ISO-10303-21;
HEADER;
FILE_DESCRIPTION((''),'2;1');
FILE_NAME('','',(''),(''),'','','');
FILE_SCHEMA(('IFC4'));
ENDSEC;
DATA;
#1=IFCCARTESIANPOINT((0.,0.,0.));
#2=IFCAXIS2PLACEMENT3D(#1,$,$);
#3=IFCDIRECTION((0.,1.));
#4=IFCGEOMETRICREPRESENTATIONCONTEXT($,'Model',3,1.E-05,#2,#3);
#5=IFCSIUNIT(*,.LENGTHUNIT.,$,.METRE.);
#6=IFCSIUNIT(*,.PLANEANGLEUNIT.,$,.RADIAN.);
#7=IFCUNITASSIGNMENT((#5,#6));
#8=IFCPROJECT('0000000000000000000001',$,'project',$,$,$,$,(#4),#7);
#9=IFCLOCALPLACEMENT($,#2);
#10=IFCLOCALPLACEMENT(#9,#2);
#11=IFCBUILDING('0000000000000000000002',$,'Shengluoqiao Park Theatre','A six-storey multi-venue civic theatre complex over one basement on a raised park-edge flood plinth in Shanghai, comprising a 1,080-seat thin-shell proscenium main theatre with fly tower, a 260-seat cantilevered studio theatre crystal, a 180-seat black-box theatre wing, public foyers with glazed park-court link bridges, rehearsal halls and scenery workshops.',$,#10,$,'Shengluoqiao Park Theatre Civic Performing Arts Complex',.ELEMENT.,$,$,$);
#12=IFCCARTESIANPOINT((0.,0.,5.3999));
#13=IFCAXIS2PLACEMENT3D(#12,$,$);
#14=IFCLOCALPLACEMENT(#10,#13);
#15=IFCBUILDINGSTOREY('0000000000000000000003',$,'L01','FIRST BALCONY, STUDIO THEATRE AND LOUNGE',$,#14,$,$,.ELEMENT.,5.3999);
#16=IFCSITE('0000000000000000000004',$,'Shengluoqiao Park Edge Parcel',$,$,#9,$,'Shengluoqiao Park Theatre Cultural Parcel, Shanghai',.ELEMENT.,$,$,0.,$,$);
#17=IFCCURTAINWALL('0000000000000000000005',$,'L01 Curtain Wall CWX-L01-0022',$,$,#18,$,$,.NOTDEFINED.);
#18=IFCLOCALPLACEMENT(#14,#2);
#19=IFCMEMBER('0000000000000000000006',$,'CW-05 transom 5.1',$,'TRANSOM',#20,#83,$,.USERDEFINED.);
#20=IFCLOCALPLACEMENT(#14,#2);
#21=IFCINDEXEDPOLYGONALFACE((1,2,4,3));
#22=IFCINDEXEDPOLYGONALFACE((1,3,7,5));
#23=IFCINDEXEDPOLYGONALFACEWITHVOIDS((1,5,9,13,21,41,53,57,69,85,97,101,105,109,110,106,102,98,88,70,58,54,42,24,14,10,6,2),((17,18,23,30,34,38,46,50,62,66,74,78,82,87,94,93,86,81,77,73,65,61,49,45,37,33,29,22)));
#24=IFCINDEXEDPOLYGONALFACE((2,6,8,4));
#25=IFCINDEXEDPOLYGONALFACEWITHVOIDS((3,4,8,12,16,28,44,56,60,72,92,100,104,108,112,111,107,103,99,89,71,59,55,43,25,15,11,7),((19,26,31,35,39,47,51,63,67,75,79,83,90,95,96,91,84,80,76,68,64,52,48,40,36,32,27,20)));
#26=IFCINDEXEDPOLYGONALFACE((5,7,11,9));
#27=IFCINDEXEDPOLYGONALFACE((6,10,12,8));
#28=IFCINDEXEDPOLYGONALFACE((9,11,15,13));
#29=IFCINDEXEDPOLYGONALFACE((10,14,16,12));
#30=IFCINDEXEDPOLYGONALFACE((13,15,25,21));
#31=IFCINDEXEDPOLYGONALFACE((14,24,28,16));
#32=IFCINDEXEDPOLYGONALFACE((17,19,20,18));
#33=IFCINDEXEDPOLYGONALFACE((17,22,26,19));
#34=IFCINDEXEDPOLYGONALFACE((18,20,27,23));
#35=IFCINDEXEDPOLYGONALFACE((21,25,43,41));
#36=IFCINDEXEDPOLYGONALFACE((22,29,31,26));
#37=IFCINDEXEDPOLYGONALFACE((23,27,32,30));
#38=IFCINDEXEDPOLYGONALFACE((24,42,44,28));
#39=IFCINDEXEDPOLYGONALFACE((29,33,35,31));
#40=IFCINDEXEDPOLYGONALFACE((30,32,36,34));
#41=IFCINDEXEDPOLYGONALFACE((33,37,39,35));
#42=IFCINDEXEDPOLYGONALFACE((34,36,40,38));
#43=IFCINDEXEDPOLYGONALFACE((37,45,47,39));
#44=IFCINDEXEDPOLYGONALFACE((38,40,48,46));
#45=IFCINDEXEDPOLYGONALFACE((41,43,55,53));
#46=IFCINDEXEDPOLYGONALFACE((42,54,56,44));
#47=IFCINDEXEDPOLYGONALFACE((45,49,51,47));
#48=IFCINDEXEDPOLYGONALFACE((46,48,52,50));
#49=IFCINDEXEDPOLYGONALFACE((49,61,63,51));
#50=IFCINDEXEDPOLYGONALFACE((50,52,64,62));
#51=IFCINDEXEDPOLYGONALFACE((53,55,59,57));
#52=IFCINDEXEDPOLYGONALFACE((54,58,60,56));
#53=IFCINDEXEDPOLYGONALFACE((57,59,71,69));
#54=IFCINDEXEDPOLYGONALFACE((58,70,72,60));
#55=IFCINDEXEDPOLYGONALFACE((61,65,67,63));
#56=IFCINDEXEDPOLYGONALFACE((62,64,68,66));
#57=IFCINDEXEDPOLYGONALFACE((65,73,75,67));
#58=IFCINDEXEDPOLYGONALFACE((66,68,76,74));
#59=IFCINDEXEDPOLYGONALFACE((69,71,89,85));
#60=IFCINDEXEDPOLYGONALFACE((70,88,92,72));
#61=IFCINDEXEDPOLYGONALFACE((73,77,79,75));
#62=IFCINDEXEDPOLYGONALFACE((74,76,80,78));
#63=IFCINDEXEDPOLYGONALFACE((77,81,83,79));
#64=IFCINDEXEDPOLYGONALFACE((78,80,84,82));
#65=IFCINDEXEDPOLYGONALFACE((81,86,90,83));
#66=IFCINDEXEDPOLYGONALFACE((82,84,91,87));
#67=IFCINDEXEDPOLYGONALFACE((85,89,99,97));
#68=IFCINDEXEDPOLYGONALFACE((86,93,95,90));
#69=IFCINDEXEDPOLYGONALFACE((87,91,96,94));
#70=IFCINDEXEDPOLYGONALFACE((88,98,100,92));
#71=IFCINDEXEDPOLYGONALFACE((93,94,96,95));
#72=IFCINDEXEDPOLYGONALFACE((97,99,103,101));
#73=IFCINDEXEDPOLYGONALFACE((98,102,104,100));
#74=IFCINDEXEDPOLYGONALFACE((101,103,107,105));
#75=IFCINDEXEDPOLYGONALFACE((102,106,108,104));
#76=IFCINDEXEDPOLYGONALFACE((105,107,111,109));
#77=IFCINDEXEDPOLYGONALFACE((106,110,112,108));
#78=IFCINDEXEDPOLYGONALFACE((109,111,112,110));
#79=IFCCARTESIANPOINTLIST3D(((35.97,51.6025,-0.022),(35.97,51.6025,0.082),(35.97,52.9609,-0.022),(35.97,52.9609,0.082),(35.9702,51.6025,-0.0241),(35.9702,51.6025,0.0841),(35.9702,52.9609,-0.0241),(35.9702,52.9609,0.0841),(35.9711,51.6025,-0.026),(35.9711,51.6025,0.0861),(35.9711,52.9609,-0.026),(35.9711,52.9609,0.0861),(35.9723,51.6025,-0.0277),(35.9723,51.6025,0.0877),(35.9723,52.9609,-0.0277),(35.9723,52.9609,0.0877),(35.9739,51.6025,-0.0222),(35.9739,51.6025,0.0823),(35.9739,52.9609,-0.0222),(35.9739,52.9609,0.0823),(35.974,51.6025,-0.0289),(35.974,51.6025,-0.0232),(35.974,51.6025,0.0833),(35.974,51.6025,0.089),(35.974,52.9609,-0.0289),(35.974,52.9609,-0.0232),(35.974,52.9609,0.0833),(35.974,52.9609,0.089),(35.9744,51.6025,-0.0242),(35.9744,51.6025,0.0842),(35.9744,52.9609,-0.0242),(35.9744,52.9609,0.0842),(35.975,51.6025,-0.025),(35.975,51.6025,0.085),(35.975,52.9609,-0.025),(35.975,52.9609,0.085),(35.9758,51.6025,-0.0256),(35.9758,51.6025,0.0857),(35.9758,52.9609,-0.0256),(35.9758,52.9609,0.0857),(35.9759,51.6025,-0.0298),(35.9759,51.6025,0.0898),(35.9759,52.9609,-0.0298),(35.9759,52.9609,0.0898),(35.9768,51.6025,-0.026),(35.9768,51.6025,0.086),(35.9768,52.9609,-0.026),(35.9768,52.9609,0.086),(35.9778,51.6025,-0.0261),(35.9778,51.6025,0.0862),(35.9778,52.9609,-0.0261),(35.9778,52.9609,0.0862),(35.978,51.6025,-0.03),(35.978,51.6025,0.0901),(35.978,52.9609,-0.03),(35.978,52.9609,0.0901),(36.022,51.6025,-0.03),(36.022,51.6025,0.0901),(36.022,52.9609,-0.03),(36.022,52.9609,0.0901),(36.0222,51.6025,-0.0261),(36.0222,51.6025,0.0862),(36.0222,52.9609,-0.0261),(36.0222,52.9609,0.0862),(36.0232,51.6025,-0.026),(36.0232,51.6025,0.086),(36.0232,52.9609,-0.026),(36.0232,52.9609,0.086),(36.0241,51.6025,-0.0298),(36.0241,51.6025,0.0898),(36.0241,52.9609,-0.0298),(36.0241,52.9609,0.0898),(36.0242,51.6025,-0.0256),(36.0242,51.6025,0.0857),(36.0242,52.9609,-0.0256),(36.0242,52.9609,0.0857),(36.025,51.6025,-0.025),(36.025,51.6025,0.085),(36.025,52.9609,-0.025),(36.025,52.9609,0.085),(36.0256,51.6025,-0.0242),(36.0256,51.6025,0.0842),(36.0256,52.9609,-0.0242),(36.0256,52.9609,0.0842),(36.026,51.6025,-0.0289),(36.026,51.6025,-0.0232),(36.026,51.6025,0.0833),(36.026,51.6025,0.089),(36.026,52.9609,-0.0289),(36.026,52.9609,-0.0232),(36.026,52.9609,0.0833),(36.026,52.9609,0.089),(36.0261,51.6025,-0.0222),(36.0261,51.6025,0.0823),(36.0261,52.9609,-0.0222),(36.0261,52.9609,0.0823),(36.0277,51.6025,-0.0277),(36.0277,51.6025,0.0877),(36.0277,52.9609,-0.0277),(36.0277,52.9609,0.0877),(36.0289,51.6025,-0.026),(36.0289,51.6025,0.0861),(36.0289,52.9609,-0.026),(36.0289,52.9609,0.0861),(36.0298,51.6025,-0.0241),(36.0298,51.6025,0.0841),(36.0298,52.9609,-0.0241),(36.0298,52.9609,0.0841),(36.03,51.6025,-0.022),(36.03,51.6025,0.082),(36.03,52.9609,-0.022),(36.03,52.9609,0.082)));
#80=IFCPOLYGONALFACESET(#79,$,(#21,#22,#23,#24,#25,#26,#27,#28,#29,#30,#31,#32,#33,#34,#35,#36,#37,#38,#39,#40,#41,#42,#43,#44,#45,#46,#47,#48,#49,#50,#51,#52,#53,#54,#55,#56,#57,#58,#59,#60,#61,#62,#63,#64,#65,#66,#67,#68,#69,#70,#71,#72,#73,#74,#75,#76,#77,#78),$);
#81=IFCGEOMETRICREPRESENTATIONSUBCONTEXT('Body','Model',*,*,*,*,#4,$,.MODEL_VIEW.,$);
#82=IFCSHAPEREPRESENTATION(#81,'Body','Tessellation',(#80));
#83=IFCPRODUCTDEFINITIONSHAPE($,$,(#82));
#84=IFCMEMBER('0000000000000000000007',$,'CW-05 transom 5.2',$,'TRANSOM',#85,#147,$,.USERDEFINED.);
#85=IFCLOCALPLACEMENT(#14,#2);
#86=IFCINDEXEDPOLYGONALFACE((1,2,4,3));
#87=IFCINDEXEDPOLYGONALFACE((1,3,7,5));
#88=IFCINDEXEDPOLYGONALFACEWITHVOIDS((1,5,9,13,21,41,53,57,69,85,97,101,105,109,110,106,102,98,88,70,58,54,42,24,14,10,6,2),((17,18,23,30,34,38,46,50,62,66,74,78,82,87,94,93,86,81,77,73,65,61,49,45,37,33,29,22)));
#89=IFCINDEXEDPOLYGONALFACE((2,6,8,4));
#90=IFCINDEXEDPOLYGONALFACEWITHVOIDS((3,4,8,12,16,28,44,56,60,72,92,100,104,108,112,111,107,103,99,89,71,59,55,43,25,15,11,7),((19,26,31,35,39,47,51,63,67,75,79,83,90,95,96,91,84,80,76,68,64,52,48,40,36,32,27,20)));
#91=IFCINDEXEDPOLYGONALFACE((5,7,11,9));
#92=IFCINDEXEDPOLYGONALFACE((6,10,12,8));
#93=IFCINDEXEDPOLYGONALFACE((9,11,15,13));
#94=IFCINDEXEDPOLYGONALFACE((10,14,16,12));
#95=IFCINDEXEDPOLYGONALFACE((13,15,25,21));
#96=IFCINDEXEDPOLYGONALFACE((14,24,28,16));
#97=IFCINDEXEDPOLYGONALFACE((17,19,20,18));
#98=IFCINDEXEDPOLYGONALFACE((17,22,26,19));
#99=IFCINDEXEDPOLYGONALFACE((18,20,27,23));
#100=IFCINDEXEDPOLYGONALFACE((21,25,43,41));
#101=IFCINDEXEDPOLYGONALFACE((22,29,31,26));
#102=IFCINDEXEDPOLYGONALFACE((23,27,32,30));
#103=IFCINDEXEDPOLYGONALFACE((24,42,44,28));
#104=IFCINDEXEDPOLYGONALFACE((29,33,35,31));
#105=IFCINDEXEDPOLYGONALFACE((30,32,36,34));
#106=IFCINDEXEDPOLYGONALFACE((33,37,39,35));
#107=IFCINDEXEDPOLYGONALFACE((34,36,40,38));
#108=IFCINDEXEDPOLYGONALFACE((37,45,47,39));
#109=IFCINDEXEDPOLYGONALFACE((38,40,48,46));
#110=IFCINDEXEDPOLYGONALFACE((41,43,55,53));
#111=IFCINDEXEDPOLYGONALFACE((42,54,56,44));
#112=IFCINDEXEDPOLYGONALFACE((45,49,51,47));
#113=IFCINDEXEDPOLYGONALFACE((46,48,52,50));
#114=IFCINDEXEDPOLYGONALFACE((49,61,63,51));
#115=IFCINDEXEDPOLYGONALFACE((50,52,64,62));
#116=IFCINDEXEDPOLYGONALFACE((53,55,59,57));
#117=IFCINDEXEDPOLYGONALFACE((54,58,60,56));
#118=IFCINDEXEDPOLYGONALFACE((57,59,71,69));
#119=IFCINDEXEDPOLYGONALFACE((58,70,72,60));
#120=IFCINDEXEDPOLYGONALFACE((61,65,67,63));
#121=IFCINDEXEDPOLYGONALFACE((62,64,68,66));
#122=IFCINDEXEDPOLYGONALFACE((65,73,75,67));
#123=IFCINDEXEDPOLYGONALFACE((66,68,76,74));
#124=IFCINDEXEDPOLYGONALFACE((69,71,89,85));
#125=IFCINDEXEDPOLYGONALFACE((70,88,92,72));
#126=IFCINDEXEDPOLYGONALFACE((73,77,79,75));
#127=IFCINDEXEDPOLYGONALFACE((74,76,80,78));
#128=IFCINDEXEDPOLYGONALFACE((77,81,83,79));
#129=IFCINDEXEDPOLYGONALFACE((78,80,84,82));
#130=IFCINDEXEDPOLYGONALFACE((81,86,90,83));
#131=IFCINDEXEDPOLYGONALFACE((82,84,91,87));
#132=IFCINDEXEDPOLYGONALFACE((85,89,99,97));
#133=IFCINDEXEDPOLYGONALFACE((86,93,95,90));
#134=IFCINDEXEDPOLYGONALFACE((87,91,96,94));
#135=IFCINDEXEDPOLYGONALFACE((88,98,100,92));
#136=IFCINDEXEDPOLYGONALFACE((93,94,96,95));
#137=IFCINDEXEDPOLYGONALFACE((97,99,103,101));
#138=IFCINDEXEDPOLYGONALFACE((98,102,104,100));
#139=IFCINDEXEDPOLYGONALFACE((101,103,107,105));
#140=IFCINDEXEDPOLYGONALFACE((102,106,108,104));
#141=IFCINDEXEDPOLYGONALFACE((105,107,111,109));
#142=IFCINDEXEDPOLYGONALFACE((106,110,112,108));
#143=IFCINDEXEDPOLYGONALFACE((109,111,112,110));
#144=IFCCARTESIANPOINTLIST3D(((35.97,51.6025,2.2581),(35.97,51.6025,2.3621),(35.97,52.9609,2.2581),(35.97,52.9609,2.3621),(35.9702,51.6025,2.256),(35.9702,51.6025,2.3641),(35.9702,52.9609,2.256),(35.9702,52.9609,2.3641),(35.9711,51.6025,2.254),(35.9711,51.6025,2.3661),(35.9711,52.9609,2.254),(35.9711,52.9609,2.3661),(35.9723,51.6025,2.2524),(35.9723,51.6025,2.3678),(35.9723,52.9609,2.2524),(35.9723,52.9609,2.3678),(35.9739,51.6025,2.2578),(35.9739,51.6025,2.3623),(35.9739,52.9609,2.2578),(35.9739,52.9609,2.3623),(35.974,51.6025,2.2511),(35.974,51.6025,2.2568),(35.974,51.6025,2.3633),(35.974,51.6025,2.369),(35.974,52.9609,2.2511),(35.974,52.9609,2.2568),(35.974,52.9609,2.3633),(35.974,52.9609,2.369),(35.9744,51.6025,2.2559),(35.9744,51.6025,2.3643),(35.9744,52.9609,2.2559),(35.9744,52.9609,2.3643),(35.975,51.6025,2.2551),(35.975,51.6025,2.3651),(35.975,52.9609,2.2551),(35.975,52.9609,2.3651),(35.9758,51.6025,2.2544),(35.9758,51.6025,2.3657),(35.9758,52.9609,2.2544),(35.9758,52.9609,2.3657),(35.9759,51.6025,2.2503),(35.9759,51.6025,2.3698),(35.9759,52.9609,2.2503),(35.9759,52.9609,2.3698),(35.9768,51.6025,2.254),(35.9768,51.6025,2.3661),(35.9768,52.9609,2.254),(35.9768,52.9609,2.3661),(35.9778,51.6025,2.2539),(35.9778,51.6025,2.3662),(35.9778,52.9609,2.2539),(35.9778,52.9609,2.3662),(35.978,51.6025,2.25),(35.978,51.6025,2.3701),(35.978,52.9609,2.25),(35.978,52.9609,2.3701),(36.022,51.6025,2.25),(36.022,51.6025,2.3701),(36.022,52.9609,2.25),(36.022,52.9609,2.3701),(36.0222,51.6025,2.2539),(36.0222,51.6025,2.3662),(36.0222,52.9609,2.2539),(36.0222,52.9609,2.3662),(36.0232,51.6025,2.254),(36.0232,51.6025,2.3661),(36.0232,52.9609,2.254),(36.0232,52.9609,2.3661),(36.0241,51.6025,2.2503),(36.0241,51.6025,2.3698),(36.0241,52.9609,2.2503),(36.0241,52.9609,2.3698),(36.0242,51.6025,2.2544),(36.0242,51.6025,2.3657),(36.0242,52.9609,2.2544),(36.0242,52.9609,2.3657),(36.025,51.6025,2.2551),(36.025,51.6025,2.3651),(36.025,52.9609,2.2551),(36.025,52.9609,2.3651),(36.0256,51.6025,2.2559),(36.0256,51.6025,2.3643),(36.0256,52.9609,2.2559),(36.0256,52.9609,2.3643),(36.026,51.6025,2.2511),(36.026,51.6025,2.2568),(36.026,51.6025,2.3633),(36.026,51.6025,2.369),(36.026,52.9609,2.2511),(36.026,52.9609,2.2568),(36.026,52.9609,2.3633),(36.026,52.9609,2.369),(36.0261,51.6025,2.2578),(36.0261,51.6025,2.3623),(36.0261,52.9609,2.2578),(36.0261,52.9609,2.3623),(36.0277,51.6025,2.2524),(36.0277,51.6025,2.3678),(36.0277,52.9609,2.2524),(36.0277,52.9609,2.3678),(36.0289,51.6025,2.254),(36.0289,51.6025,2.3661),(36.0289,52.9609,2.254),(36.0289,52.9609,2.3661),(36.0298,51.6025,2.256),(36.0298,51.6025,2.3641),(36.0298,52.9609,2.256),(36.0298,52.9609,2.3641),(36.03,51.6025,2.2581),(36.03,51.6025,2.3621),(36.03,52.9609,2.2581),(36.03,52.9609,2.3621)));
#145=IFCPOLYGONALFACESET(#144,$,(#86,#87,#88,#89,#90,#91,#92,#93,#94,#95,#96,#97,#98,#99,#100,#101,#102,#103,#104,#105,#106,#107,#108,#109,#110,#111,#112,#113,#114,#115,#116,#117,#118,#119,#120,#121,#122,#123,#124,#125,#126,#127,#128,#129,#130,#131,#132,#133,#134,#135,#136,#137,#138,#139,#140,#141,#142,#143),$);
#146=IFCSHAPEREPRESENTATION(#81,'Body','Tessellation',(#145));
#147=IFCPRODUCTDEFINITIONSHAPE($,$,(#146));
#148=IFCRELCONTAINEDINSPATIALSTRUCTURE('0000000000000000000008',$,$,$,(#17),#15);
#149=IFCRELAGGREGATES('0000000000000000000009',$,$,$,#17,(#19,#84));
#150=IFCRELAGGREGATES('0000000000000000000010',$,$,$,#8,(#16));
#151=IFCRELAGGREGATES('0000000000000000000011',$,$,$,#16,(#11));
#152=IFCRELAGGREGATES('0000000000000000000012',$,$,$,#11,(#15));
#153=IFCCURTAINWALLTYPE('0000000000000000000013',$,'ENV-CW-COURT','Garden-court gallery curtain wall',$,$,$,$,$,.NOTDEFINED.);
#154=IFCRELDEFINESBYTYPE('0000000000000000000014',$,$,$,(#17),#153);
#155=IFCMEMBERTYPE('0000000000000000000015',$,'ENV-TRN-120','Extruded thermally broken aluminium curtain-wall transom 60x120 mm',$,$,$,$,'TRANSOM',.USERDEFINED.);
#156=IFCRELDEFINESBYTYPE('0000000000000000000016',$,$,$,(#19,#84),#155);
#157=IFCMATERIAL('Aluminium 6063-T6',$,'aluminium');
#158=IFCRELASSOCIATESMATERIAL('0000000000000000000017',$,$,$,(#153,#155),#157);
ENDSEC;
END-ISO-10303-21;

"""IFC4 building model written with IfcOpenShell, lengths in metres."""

from ifc_helpers import new_model, si_unit, direction, frame, origin, origin_2d, place, context, subcontext, project, spatial, hollow_rectangle, extrude, material, material_profile, profile_set, type_object, element, aggregate, save


model = new_model("IFC4")

# Units and contexts
model_context = context("Model", 3, precision=1e-05, world=origin(), true_north=direction((0.0, 1.0)))
body_context = subcontext(model_context, "Body", "Model", "MODEL_VIEW")
ifc_project = project(units=[si_unit("LENGTHUNIT", "METRE"), si_unit("PLANEANGLEUNIT", "RADIAN")], contexts=[model_context])

# Site, building, storey
site_placement = place(None, origin())
site = spatial("IfcSite", under=ifc_project, at=site_placement, Name="Shengluoqiao Park Edge Parcel", LongName="Shengluoqiao Park Theatre Cultural Parcel, Shanghai", CompositionType="ELEMENT", RefElevation=0.0)
building_placement = place(site_placement, origin())
building = spatial("IfcBuilding", under=site, at=building_placement, Name="Shengluoqiao Park Theatre", Description="A six-storey multi-venue civic theatre complex over one basement on a raised park-edge flood plinth in Shanghai, comprising a 1,080-seat thin-shell proscenium main theatre with fly tower, a 260-seat cantilevered studio theatre crystal, a 180-seat black-box theatre wing, public foyers with glazed park-court link bridges, rehearsal halls and scenery workshops.", LongName="Shengluoqiao Park Theatre Civic Performing Arts Complex", CompositionType="ELEMENT")
storey_placement = place(building_placement, frame((0.0, 0.0, 5.3999)))
storey = spatial("IfcBuildingStorey", under=building, at=storey_placement, Name="L01", Description="FIRST BALCONY, STUDIO THEATRE AND LOUNGE", CompositionType="ELEMENT", Elevation=5.3999)

# Curtain wall
ifc_material_1 = material(Name="Aluminium 6063-T6", Category="aluminium")
curtain_wall_type_1 = type_object("IfcCurtainWallType", Name="ENV-CW-COURT", Description="Garden-court gallery curtain wall", PredefinedType="NOTDEFINED", material=ifc_material_1)
curtain_wall_1_placement = place(storey_placement, origin())
curtain_wall_1 = element("IfcCurtainWall", 1, at=curtain_wall_1_placement, inside=storey, type_object=curtain_wall_type_1, Name="L01 Curtain Wall CWX-L01-0022", PredefinedType="NOTDEFINED")

# Members
ifc_material_profile_1 = material_profile(ifc_material_1, hollow_rectangle(XDim=0.0601, YDim=0.1201, WallThickness=0.0039, InnerFilletRadius=0.0039, OuterFilletRadius=0.0081, at=origin_2d()), Name="ALU TRANSOM 120x60x4")
ifc_profile_set_1 = profile_set([ifc_material_profile_1], Name="Aluminium 6063-T6")
member_type_1 = type_object("IfcMemberType", Name="ENV-TRN-120", Description="Extruded thermally broken aluminium curtain-wall transom 60x120 mm", ElementType="TRANSOM", PredefinedType="USERDEFINED", material=ifc_profile_set_1)
member_1_placement = place(storey_placement, frame((36.0, 51.6025, 0.03), z_axis=(0.0, 1.0, 0.0), x_axis=(-1.0, 0.0, 0.0)))
member_1 = element("IfcMember", 2, at=member_1_placement, type_object=member_type_1, Name="CW-05 transom 5.1", ObjectType="TRANSOM", PredefinedType="USERDEFINED", context=body_context, shape_type="SweptSolid", body=[
    extrude(hollow_rectangle(XDim=0.0601, YDim=0.1201, WallThickness=0.0039, InnerFilletRadius=0.0039, OuterFilletRadius=0.0081, at=origin_2d()), origin(), (0.0, 0.0, 1.0), 1.3584),
])
member_2_placement = place(storey_placement, frame((36.0, 51.6025, 2.3101), z_axis=(0.0, 1.0, 0.0), x_axis=(-1.0, 0.0, 0.0)))
member_2 = element("IfcMember", 3, at=member_2_placement, type_object=member_type_1, Name="CW-05 transom 5.2", ObjectType="TRANSOM", PredefinedType="USERDEFINED", context=body_context, shape_type="SweptSolid", body=[
    extrude(hollow_rectangle(XDim=0.0601, YDim=0.1201, WallThickness=0.0039, InnerFilletRadius=0.0039, OuterFilletRadius=0.0081, at=origin_2d()), origin(), (0.0, 0.0, 1.0), 1.3584),
])

aggregate(curtain_wall_1, [member_1, member_2])

save(model, "model.ifc")
